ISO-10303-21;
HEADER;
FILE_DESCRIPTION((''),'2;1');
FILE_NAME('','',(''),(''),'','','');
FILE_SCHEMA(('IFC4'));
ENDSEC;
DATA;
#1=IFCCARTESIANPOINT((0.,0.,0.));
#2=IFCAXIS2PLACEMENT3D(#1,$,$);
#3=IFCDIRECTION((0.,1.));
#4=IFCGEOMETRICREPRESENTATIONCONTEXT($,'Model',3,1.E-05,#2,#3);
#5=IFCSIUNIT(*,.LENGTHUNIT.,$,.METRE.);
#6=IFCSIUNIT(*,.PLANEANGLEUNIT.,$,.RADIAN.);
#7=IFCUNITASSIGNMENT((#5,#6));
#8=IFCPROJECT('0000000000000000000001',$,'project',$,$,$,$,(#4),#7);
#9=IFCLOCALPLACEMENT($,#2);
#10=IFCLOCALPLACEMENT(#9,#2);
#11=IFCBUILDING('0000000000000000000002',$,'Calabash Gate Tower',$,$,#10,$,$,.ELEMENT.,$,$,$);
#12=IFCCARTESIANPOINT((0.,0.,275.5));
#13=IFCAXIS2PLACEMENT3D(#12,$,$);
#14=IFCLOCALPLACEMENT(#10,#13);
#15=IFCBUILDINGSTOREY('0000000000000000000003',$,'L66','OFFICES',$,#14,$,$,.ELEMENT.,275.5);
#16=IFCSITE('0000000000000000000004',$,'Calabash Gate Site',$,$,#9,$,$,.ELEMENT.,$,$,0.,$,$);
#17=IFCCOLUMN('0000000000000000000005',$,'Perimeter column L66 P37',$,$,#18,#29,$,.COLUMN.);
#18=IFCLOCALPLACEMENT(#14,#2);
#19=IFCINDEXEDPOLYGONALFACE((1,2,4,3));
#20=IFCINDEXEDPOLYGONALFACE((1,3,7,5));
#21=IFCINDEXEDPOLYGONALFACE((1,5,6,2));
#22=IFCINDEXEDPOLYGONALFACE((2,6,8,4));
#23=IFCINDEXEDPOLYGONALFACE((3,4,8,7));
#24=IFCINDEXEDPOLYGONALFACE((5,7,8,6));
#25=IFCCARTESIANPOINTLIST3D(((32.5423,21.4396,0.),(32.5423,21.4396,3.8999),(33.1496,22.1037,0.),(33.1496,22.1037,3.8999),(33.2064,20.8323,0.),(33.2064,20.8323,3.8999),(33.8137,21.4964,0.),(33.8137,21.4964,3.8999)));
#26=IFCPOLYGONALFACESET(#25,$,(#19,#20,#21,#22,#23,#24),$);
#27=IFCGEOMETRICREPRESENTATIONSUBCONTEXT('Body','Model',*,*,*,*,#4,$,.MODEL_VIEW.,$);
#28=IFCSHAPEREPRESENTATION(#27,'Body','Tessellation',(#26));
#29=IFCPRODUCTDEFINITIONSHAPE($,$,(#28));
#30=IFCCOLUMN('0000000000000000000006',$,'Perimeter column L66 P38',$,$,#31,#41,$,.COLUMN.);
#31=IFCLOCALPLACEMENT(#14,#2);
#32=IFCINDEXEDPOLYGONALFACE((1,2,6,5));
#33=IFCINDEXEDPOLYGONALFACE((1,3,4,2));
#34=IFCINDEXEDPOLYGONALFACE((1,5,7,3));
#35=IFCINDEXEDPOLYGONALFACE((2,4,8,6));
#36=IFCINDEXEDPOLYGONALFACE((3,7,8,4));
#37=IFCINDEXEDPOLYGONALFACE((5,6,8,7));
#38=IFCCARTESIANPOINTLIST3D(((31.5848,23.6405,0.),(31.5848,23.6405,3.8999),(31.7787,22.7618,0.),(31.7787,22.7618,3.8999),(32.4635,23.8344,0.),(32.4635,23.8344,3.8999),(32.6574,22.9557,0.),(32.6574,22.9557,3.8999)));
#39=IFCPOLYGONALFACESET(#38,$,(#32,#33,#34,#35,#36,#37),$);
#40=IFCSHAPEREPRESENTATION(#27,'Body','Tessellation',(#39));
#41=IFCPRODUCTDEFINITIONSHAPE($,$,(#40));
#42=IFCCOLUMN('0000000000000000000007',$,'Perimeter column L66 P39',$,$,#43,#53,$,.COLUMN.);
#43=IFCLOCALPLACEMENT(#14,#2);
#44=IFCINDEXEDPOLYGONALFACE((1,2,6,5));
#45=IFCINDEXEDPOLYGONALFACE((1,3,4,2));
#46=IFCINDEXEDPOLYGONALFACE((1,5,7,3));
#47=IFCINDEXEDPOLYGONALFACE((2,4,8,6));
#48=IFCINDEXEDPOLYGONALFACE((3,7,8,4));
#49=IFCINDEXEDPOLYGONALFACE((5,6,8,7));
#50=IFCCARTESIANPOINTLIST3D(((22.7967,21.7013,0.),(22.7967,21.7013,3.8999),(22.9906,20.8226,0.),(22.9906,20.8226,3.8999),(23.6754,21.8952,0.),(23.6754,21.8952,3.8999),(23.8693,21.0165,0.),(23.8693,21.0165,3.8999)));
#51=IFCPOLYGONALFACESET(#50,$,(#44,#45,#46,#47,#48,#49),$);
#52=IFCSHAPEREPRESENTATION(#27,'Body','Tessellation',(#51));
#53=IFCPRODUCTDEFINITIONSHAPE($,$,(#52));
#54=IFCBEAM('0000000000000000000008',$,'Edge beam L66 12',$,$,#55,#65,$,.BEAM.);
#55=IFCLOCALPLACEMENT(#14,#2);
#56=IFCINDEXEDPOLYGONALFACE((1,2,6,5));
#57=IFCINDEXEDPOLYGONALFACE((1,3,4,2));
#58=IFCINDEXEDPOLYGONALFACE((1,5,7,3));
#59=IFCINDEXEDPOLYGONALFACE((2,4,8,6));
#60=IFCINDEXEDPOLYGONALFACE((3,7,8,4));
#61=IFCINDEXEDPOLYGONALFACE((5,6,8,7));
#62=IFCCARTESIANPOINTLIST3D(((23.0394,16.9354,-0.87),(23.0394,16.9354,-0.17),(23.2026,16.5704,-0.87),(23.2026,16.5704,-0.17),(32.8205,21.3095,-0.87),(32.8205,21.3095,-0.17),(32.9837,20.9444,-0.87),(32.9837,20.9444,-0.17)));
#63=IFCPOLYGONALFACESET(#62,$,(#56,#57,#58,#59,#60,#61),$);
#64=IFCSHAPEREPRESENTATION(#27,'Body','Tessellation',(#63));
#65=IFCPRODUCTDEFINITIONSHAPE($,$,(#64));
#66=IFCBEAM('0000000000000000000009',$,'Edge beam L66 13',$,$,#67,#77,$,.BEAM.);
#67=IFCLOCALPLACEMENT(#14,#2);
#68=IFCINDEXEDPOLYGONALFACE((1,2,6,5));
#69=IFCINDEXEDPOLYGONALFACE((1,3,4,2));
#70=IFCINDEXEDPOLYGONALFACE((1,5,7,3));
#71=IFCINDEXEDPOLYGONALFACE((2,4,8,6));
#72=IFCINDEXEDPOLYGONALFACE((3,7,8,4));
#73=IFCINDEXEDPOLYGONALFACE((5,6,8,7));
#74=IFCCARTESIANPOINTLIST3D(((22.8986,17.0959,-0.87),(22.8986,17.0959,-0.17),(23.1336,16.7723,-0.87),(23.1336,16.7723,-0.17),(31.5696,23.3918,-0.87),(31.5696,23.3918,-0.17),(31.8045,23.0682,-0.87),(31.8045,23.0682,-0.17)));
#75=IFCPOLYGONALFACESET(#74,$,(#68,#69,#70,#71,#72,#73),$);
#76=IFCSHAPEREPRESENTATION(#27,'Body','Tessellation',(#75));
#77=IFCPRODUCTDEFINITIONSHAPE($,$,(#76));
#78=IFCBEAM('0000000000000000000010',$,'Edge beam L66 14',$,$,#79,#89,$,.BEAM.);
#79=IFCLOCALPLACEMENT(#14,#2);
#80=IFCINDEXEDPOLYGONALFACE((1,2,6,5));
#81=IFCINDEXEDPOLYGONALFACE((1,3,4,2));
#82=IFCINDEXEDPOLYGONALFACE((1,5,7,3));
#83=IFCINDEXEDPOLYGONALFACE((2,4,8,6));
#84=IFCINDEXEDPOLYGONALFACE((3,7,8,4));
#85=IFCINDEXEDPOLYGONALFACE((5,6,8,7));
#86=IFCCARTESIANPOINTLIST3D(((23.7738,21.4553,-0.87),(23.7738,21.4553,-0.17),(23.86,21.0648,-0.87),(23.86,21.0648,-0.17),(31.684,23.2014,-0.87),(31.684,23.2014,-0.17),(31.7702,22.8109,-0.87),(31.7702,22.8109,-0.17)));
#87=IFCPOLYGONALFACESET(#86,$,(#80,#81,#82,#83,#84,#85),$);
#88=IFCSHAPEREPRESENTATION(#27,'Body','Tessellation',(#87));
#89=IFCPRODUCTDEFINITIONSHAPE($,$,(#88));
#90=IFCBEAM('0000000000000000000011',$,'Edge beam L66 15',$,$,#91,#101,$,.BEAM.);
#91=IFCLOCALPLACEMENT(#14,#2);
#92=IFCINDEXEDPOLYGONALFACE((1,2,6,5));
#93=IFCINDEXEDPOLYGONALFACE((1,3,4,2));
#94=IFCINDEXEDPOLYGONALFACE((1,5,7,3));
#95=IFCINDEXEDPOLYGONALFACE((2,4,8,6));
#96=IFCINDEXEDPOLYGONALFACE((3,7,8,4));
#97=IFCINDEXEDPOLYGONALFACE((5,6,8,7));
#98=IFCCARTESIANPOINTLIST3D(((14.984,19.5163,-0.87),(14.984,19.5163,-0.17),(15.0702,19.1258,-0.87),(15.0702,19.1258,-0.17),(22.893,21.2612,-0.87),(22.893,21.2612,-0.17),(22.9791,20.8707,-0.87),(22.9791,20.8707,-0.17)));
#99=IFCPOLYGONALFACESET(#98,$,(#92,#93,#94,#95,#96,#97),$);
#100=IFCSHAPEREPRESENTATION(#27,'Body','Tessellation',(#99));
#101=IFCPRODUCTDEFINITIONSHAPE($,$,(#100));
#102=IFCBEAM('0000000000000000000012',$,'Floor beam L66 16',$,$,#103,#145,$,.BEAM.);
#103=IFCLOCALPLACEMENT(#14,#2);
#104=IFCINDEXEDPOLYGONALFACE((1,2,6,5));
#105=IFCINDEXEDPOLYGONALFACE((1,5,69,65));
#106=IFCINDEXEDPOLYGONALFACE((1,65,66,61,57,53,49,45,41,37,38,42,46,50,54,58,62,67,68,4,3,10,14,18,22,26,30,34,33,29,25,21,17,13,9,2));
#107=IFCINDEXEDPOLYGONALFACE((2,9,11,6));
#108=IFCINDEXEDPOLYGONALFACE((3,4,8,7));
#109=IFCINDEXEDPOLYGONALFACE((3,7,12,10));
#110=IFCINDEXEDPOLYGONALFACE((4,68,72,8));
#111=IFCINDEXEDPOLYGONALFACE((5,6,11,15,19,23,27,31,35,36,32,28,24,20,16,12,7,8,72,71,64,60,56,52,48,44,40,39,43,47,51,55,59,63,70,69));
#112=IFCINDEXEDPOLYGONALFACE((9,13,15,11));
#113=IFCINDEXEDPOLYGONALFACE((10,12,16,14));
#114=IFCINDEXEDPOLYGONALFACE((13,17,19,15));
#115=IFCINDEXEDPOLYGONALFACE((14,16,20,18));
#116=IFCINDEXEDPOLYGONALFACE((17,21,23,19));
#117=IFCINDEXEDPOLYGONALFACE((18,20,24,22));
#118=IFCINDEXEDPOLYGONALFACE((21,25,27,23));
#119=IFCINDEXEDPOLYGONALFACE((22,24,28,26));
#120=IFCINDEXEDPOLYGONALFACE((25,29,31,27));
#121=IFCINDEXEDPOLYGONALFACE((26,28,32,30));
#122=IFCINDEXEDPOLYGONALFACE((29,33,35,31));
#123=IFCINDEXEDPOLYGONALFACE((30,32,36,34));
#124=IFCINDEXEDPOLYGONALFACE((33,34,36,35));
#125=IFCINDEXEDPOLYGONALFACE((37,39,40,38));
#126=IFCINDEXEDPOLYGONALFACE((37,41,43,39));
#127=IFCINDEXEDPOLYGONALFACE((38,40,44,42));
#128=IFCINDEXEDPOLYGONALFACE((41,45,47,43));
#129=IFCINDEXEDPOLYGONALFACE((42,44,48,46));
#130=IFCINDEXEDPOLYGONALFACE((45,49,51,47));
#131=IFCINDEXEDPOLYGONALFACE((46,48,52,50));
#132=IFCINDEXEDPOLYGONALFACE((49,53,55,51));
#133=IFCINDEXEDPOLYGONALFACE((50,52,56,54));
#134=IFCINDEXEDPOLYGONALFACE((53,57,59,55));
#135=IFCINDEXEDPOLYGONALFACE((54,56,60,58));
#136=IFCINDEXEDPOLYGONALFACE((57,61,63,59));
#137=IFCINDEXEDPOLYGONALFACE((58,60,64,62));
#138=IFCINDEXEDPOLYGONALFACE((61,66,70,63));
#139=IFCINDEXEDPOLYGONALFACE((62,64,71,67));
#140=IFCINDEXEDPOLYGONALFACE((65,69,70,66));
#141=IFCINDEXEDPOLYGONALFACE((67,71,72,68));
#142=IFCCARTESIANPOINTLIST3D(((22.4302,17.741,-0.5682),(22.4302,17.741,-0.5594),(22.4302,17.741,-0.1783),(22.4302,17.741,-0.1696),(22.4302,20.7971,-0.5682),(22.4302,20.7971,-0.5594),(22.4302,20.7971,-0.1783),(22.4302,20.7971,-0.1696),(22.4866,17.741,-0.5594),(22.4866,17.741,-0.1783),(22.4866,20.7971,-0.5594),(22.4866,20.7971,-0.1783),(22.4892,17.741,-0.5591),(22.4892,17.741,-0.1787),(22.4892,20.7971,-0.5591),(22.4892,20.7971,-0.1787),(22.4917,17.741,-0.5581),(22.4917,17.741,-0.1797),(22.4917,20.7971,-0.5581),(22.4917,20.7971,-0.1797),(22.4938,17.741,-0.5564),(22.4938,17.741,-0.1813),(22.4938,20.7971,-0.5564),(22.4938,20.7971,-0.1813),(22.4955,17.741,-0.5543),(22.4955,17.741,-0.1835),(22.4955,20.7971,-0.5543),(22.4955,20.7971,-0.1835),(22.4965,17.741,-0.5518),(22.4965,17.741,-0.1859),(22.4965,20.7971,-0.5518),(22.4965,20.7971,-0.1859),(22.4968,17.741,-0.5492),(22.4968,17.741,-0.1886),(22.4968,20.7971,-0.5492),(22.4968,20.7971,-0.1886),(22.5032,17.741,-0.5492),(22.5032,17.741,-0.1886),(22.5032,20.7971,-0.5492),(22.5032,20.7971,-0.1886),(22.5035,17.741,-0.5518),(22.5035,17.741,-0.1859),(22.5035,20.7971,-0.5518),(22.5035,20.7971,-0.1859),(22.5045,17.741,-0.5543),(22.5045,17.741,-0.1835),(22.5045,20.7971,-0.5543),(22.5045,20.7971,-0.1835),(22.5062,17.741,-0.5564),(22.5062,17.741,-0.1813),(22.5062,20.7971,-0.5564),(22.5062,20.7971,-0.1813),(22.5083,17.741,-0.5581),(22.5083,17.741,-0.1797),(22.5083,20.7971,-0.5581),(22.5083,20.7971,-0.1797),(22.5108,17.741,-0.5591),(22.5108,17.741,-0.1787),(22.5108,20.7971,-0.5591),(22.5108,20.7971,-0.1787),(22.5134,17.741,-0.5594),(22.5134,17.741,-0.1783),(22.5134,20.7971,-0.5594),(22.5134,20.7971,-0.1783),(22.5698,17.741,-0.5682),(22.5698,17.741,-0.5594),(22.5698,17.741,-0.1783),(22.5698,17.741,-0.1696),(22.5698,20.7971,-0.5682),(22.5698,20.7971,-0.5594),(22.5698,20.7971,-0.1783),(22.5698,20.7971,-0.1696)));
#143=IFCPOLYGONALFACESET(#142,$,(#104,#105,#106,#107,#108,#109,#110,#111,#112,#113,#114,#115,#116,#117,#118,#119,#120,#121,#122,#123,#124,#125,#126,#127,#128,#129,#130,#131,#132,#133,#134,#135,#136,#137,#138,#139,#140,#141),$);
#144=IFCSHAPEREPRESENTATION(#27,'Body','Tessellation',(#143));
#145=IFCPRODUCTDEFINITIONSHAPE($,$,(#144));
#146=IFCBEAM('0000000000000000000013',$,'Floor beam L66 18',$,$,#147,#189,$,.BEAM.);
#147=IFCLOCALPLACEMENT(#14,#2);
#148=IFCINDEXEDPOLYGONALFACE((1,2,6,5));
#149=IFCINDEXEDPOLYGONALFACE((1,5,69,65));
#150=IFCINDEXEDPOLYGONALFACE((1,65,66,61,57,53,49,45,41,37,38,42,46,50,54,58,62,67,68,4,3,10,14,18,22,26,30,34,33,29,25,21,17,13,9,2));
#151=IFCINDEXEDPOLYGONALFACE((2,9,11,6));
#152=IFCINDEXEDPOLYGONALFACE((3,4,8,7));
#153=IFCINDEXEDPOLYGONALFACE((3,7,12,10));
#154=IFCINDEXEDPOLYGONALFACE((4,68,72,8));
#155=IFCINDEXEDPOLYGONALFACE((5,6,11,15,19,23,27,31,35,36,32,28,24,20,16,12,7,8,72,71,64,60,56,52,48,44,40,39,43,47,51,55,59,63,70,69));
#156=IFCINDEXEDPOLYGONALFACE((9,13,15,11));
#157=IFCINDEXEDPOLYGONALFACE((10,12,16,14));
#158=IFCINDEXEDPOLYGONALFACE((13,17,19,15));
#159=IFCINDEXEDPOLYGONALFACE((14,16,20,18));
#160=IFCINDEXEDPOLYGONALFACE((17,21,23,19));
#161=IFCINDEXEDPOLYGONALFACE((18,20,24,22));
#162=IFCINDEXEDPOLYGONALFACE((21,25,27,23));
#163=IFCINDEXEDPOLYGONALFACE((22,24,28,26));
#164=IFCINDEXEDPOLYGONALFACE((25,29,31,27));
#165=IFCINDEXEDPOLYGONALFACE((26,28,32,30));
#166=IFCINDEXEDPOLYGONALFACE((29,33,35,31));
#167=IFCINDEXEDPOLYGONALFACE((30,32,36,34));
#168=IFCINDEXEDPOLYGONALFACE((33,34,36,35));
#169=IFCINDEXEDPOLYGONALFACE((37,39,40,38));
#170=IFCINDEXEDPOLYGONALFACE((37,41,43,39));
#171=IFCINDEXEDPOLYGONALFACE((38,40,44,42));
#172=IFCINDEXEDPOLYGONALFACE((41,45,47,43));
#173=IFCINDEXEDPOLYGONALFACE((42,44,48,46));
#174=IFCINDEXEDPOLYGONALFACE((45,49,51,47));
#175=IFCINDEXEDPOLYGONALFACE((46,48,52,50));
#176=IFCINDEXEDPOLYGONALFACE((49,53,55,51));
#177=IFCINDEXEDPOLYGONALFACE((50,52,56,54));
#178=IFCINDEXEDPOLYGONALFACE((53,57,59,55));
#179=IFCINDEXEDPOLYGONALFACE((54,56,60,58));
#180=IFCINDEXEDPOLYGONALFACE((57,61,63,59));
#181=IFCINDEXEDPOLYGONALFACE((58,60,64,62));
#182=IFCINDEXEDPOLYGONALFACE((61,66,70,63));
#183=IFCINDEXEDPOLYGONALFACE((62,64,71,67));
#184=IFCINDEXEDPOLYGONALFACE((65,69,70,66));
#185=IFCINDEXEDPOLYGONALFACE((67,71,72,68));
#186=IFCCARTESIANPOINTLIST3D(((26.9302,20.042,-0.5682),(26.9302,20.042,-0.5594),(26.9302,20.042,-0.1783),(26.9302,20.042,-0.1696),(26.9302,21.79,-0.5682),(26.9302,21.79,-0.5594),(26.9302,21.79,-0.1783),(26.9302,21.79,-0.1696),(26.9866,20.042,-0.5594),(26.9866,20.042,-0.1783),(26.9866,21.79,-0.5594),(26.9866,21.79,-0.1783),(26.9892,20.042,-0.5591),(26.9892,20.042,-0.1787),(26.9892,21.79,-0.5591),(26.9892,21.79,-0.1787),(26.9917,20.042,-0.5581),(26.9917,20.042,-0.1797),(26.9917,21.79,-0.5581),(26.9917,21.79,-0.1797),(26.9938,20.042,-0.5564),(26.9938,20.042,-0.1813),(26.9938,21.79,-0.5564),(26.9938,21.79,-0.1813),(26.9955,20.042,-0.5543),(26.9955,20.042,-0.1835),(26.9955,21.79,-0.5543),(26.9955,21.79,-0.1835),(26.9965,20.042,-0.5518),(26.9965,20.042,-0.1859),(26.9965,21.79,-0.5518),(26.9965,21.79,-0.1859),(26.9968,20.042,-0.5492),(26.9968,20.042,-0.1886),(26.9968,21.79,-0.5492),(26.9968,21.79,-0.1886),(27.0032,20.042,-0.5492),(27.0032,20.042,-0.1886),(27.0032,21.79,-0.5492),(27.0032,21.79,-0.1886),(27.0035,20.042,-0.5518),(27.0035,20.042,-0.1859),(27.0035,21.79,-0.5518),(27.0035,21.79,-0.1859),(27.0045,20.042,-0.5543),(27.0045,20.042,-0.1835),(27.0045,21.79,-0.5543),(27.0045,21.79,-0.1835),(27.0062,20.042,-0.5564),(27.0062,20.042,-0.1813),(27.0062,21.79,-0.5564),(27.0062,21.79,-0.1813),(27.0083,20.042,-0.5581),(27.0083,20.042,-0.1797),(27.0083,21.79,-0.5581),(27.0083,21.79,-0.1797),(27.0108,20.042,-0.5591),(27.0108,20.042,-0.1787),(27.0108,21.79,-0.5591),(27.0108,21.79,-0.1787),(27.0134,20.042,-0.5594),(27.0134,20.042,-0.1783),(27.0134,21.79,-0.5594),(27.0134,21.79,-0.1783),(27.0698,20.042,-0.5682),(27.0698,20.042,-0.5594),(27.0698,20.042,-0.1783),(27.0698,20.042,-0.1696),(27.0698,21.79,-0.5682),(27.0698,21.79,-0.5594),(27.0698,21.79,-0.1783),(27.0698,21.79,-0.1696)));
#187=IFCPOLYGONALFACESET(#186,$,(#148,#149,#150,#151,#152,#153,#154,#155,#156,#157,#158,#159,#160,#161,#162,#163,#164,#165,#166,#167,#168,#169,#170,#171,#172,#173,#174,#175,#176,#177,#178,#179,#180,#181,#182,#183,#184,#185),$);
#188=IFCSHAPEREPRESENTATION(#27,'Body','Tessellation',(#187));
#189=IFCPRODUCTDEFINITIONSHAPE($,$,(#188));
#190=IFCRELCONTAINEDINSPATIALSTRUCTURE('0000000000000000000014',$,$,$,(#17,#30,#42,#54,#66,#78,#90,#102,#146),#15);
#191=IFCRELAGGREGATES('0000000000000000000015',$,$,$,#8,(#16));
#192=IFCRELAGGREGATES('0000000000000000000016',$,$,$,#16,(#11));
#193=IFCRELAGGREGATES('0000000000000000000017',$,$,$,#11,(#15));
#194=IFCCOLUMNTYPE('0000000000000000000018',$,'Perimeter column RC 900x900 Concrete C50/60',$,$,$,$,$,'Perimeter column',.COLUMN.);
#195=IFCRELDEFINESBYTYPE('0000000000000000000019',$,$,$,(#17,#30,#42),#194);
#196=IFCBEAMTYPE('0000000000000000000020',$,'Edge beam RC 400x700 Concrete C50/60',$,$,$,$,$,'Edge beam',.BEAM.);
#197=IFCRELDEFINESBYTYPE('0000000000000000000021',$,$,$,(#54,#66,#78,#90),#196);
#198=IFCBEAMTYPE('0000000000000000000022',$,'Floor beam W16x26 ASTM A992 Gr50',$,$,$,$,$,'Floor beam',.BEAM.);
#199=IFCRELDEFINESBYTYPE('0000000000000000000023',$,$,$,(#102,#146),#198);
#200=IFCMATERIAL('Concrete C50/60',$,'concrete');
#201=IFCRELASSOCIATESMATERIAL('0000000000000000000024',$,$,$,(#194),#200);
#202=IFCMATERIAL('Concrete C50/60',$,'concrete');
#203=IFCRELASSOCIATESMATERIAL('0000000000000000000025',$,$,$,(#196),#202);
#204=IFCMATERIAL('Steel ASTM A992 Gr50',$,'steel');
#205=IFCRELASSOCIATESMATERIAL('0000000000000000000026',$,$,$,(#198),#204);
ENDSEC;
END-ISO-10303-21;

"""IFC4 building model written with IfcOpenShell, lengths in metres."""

from ifc_helpers import new_model, si_unit, direction, frame, origin, origin_2d, place, context, subcontext, project, spatial, rectangle, i_section, extrude, material, material_profile, profile_set, type_object, element, save


model = new_model("IFC4")

# Units and contexts
model_context = context("Model", 3, precision=1e-05, world=origin(), true_north=direction((0.0, 1.0)))
body_context = subcontext(model_context, "Body", "Model", "MODEL_VIEW")
ifc_project = project(units=[si_unit("LENGTHUNIT", "METRE"), si_unit("PLANEANGLEUNIT", "RADIAN")], contexts=[model_context])

# Site, building, storey
site_placement = place(None, origin())
site = spatial("IfcSite", under=ifc_project, at=site_placement, Name="Calabash Gate Site", CompositionType="ELEMENT", RefElevation=0.0)
building_placement = place(site_placement, origin())
building = spatial("IfcBuilding", under=site, at=building_placement, Name="Calabash Gate Tower", CompositionType="ELEMENT")
storey_placement = place(building_placement, frame((0.0, 0.0, 275.5)))
storey = spatial("IfcBuildingStorey", under=building, at=storey_placement, Name="L66", Description="OFFICES", CompositionType="ELEMENT", Elevation=275.5)

# Columns
ifc_material_1 = material(Name="Concrete C50/60", Category="concrete")
ifc_material_profile_1 = material_profile(ifc_material_1, rectangle(XDim=0.8999, YDim=0.8999, at=origin_2d()))
ifc_profile_set_1 = profile_set([ifc_material_profile_1], Name="Concrete C50/60")
column_type = type_object("IfcColumnType", Name="Perimeter column RC 900x900 Concrete C50/60", ElementType="Perimeter column", PredefinedType="COLUMN", material=ifc_profile_set_1)
for number, where, z_axis, x_axis, name in (
    (1, (33.178, 21.468, 0.0), (0.0, 0.0, 1.0), (0.674856, 0.737949, 0.0), "Perimeter column L66 P37"),
    (2, (32.1211, 23.2981, 0.0), (0.0, 0.0, 1.0), (-0.976511, -0.215468, 0.0), "Perimeter column L66 P38"),
    (3, (23.333, 21.3589, 0.0), (0.0, 0.0, 1.0), (-0.976511, -0.215468, 0.0), "Perimeter column L66 P39"),
):
    element("IfcColumn", number, at=place(storey_placement, frame(where, z_axis=z_axis, x_axis=x_axis)), inside=storey, type_object=column_type, Name=name, PredefinedType="COLUMN", context=body_context, shape_type="SweptSolid", body=[
        extrude(rectangle(XDim=0.8999, YDim=0.8999, at=origin_2d()), origin(), (0.0, 0.0, 1.0), 3.8999),
    ])

# Beams
ifc_material_2 = material(Name="Concrete C50/60", Category="concrete")
ifc_material_profile_2 = material_profile(ifc_material_2, rectangle(XDim=0.3999, YDim=0.7, at=origin_2d()))
ifc_profile_set_2 = profile_set([ifc_material_profile_2], Name="Concrete C50/60")
beam_type_1 = type_object("IfcBeamType", Name="Edge beam RC 400x700 Concrete C50/60", ElementType="Edge beam", PredefinedType="BEAM", material=ifc_profile_set_2)
beam_1_placement = place(storey_placement, frame((32.9021, 21.127, -0.52), z_axis=(-0.912877, -0.408235, 0.0), x_axis=(0.408235, -0.912877, 0.0)))
element("IfcBeam", 4, at=beam_1_placement, inside=storey, type_object=beam_type_1, Name="Edge beam L66 12", PredefinedType="BEAM", context=body_context, shape_type="SweptSolid", body=[
    extrude(rectangle(XDim=0.3999, YDim=0.7, at=origin_2d()), origin(), (0.0, 0.0, 1.0), 10.7146),
])
beam_2_placement = place(storey_placement, frame((23.0161, 16.9341, -0.52), z_axis=(0.809189, 0.587548, 0.0), x_axis=(-0.587548, 0.809189, 0.0)))
element("IfcBeam", 5, at=beam_2_placement, inside=storey, type_object=beam_type_1, Name="Edge beam L66 13", PredefinedType="BEAM", context=body_context, shape_type="SweptSolid", body=[
    extrude(rectangle(XDim=0.3999, YDim=0.7, at=origin_2d()), origin(), (0.0, 0.0, 1.0), 10.7156),
])
beam_3_placement = place(storey_placement, frame((31.7271, 23.0061, -0.52), z_axis=(-0.976492, -0.215552, 0.0), x_axis=(0.215552, -0.976492, 0.0)))
element("IfcBeam", 6, at=beam_3_placement, inside=storey, type_object=beam_type_1, Name="Edge beam L66 14", PredefinedType="BEAM", context=body_context, shape_type="SweptSolid", body=[
    extrude(rectangle(XDim=0.3999, YDim=0.7, at=origin_2d()), origin(), (0.0, 0.0, 1.0), 8.1006),
])
beam_4_placement = place(storey_placement, frame((22.936, 21.0659, -0.52), z_axis=(-0.976517, -0.21544, 0.0), x_axis=(0.21544, -0.976517, 0.0)))
element("IfcBeam", 7, at=beam_4_placement, inside=storey, type_object=beam_type_1, Name="Edge beam L66 15", PredefinedType="BEAM", context=body_context, shape_type="SweptSolid", body=[
    extrude(rectangle(XDim=0.3999, YDim=0.7, at=origin_2d()), origin(), (0.0, 0.0, 1.0), 8.0991),
])
ifc_material_3 = material(Name="Steel ASTM A992 Gr50", Category="steel")
ifc_material_profile_3 = material_profile(ifc_material_3, i_section(OverallWidth=0.1396, OverallDepth=0.3987, WebThickness=0.0063, FlangeThickness=0.0088, FilletRadius=0.0103, at=origin_2d()))
ifc_profile_set_3 = profile_set([ifc_material_profile_3], Name="Steel ASTM A992 Gr50")
beam_type_2 = type_object("IfcBeamType", Name="Floor beam W16x26 ASTM A992 Gr50", ElementType="Floor beam", PredefinedType="BEAM", material=ifc_profile_set_3)
beam_5_placement = place(storey_placement, frame((22.5, 17.741, -0.3689), z_axis=(0.0, 1.0, 0.0), x_axis=(-1.0, 0.0, 0.0)))
element("IfcBeam", 8, at=beam_5_placement, inside=storey, type_object=beam_type_2, Name="Floor beam L66 16", PredefinedType="BEAM", context=body_context, shape_type="SweptSolid", body=[
    extrude(i_section(OverallWidth=0.1396, OverallDepth=0.3987, WebThickness=0.0063, FlangeThickness=0.0088, FilletRadius=0.0103, at=origin_2d()), origin(), (0.0, 0.0, 1.0), 3.0562),
])
beam_6_placement = place(storey_placement, frame((27.0, 20.042, -0.3689), z_axis=(0.0, 1.0, 0.0), x_axis=(-1.0, 0.0, 0.0)))
element("IfcBeam", 9, at=beam_6_placement, inside=storey, type_object=beam_type_2, Name="Floor beam L66 18", PredefinedType="BEAM", context=body_context, shape_type="SweptSolid", body=[
    extrude(i_section(OverallWidth=0.1396, OverallDepth=0.3987, WebThickness=0.0063, FlangeThickness=0.0088, FilletRadius=0.0103, at=origin_2d()), origin(), (0.0, 0.0, 1.0), 1.748),
])

save(model, "model.ifc")
